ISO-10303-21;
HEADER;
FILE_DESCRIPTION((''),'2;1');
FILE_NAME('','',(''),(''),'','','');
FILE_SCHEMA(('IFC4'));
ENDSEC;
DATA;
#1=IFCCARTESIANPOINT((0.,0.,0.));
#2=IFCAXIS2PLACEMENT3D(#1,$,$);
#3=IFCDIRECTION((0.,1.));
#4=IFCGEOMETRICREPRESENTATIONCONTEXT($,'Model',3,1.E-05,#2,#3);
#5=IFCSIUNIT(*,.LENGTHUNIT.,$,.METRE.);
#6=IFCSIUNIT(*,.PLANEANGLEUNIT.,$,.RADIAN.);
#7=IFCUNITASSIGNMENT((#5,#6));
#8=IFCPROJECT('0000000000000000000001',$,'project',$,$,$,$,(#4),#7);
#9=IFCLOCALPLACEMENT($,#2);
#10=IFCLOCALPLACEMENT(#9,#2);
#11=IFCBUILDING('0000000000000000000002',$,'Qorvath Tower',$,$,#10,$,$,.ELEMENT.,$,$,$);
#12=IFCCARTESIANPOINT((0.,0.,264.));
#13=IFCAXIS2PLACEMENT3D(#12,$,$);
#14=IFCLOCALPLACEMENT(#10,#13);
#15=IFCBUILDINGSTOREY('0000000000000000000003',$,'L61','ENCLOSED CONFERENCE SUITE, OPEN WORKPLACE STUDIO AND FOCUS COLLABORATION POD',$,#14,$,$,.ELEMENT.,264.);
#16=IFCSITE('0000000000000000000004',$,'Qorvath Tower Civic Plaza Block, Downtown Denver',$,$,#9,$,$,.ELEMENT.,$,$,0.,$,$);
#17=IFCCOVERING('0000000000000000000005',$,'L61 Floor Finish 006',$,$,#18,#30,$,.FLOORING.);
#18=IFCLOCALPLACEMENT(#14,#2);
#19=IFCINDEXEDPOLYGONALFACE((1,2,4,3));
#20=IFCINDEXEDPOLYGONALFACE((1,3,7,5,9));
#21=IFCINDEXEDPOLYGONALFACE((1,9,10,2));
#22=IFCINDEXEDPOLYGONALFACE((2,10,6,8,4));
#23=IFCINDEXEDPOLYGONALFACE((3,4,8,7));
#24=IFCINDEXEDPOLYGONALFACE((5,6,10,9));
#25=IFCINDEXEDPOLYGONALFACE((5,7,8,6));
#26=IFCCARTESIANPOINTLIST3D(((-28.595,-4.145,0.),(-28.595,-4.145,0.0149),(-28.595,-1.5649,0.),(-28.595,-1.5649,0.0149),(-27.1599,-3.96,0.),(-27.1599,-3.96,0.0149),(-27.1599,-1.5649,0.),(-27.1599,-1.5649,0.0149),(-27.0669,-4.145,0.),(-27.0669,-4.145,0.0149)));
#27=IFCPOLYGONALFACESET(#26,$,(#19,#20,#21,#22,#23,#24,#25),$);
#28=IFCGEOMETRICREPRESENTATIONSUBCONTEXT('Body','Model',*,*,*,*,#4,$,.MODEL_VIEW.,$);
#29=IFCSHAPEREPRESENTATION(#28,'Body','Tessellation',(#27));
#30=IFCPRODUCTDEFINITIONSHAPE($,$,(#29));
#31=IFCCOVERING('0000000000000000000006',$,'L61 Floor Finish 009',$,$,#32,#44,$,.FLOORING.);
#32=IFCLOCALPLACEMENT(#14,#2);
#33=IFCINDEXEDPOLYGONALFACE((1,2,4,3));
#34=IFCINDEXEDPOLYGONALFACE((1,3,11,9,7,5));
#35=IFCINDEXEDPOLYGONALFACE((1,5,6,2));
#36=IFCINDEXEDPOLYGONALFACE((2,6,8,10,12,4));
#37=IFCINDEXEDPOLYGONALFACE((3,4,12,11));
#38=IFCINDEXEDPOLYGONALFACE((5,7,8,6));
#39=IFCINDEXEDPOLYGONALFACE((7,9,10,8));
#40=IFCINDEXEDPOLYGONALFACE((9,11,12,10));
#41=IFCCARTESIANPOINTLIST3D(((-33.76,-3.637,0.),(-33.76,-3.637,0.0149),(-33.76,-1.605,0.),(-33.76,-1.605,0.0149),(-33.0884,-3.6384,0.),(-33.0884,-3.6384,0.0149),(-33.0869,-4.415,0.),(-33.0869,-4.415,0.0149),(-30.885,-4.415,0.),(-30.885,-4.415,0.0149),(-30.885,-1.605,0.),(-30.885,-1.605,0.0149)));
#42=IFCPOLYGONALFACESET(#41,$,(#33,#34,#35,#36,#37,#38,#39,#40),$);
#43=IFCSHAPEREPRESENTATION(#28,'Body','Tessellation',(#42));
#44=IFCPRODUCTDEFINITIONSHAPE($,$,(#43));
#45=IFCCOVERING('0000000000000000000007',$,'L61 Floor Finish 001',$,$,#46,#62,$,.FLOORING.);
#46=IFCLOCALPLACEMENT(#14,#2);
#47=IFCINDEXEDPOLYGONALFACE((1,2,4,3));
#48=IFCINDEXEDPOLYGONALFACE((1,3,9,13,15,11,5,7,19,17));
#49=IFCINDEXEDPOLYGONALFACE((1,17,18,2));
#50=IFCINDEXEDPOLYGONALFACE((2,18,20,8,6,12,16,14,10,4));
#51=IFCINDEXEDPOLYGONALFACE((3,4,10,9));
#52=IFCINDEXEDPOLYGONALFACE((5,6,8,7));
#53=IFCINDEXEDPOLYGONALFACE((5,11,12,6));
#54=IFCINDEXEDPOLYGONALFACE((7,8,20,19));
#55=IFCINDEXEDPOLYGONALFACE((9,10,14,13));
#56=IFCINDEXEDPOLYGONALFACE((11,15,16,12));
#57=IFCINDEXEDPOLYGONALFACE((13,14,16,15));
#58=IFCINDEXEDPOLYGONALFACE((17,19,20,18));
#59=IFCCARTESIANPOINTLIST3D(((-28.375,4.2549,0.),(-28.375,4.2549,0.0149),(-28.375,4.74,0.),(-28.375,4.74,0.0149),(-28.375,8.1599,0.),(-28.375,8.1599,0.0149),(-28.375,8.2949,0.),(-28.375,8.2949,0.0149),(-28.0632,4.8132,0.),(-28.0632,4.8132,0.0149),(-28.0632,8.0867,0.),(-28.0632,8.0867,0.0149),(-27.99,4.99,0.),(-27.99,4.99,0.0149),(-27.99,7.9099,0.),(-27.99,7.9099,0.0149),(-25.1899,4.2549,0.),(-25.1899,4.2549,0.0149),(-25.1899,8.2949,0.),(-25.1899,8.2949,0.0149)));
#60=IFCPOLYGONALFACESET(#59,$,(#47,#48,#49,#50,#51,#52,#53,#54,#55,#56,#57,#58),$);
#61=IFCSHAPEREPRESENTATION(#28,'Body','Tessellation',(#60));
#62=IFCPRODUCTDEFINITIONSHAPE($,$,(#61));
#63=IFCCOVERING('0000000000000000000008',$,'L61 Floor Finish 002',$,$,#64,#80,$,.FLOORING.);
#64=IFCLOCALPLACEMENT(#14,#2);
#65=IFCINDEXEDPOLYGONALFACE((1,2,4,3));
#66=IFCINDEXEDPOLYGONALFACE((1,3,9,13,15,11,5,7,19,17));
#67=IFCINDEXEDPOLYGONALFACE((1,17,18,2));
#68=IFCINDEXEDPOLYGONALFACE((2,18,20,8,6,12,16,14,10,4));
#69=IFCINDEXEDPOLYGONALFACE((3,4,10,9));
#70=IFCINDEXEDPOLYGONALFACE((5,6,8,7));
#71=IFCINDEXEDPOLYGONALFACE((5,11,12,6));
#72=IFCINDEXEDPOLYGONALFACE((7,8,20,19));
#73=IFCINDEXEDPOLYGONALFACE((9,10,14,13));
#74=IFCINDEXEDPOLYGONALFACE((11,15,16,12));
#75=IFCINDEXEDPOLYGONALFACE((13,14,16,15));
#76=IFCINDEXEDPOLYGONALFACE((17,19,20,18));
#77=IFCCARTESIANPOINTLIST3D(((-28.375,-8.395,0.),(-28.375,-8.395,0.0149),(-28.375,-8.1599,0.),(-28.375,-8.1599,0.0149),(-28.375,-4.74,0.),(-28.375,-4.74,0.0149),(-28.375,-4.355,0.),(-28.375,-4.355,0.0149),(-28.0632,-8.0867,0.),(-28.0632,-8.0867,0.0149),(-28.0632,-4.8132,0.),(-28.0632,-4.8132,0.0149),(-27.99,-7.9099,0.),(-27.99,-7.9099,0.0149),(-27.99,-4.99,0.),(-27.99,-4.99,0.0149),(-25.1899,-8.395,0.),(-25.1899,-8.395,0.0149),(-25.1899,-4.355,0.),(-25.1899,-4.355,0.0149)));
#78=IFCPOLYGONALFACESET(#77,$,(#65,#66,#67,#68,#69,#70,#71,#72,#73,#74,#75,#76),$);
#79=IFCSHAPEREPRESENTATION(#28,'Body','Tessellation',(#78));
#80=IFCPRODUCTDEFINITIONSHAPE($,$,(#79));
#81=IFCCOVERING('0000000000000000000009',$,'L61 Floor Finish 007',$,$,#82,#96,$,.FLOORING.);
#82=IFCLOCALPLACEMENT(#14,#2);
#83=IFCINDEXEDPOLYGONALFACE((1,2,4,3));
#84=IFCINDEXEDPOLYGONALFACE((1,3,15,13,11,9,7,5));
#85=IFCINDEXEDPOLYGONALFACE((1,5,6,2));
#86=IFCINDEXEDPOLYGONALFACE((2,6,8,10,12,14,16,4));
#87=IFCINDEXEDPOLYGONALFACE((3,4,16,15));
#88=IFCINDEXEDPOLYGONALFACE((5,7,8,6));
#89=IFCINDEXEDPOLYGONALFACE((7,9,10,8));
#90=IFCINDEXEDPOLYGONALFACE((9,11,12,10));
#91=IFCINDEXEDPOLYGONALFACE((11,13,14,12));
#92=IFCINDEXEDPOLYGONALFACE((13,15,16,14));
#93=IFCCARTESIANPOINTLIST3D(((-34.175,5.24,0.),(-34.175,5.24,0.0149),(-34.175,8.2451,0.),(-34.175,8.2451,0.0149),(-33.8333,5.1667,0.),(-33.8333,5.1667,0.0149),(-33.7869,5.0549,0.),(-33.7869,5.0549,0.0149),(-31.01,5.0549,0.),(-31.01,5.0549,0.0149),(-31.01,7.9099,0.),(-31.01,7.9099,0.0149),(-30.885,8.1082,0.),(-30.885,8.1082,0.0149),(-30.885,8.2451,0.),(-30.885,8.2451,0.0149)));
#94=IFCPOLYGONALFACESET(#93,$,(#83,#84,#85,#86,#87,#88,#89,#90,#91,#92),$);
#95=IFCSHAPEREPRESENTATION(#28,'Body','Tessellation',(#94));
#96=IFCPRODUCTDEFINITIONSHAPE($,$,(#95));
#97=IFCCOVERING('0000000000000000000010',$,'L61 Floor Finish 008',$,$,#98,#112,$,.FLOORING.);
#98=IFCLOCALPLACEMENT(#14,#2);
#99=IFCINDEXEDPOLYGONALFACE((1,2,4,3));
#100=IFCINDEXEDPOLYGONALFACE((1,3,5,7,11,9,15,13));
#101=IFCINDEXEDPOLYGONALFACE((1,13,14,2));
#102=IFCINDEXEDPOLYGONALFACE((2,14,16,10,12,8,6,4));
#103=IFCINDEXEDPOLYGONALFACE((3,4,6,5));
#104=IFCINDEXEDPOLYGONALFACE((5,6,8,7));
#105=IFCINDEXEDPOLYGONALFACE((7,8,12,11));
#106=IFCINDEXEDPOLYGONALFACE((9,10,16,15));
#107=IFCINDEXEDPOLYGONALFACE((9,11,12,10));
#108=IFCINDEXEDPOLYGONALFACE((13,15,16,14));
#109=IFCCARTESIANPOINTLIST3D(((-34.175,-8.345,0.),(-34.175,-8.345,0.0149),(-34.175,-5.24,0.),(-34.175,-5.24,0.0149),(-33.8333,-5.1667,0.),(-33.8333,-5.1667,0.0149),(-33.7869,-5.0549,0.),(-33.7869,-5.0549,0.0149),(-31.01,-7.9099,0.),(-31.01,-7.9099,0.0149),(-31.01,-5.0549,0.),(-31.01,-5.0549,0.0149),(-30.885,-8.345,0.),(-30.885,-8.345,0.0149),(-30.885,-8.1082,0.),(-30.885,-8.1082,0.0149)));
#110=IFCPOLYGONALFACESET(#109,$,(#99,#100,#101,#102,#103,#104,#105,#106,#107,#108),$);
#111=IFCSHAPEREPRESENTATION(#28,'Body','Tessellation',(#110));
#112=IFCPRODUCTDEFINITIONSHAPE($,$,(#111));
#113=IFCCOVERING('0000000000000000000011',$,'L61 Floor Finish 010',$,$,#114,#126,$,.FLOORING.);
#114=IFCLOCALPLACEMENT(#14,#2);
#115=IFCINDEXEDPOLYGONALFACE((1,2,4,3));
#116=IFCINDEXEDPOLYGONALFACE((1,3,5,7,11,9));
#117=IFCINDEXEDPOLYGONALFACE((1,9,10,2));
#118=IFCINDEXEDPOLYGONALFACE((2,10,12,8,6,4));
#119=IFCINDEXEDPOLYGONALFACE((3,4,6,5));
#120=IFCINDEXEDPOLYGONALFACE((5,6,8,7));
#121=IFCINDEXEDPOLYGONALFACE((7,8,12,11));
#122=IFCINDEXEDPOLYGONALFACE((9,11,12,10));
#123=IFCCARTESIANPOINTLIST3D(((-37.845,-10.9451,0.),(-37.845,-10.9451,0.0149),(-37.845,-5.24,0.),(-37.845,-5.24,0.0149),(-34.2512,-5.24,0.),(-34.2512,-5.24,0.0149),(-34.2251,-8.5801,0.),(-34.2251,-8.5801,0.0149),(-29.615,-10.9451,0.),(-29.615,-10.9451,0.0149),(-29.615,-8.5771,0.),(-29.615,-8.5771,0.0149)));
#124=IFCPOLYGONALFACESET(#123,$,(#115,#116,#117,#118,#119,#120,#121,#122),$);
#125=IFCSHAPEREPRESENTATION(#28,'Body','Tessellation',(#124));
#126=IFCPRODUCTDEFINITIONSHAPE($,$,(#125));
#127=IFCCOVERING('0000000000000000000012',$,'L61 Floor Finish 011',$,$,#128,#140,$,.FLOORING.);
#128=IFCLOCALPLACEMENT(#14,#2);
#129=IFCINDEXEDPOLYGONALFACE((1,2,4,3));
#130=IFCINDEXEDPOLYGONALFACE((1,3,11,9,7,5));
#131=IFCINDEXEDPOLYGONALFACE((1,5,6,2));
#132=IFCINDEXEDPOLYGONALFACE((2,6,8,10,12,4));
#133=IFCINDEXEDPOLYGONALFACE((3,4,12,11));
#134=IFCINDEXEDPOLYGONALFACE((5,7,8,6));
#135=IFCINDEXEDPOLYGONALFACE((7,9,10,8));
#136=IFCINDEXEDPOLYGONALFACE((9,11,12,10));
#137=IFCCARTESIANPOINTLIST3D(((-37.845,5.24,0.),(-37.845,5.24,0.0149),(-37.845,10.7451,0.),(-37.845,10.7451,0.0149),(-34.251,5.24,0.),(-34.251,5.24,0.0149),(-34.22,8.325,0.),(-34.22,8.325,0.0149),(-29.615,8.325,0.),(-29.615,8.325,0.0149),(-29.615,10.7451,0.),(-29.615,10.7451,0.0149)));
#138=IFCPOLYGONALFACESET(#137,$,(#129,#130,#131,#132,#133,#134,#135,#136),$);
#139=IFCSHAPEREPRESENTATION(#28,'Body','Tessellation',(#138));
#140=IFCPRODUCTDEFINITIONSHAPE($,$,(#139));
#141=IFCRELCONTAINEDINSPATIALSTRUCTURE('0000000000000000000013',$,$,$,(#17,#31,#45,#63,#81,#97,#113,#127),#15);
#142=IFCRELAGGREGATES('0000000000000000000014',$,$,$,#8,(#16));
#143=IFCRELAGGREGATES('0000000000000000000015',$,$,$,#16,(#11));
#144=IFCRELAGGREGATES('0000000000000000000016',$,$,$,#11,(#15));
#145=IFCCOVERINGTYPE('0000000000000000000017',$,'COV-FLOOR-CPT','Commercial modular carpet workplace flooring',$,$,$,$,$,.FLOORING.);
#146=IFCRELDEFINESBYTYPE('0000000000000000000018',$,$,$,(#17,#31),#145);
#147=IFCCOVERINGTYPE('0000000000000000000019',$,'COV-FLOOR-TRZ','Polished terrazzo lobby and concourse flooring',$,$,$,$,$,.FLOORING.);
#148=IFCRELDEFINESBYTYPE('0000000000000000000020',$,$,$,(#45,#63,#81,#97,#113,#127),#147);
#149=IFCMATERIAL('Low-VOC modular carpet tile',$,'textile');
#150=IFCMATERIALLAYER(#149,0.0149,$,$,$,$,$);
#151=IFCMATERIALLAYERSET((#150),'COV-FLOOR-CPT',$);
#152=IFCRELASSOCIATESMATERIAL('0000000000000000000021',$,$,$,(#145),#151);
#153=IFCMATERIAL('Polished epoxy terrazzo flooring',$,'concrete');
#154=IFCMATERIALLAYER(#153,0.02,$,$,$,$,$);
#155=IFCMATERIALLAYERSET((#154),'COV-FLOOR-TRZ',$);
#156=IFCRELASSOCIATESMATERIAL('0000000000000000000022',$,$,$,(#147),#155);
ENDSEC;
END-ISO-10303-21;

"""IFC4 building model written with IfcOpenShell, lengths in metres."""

from ifc_helpers import new_model, si_unit, direction, frame, origin, place, context, subcontext, project, spatial, polyline, outline, extrude, material, layer, layer_set, type_object, element, save


model = new_model("IFC4")

# Units and contexts
model_context = context("Model", 3, precision=1e-05, world=origin(), true_north=direction((0.0, 1.0)))
body_context = subcontext(model_context, "Body", "Model", "MODEL_VIEW")
ifc_project = project(units=[si_unit("LENGTHUNIT", "METRE"), si_unit("PLANEANGLEUNIT", "RADIAN")], contexts=[model_context])

# Site, building, storey
site_placement = place(None, origin())
site = spatial("IfcSite", under=ifc_project, at=site_placement, Name="Qorvath Tower Civic Plaza Block, Downtown Denver", CompositionType="ELEMENT", RefElevation=0.0)
building_placement = place(site_placement, origin())
building = spatial("IfcBuilding", under=site, at=building_placement, Name="Qorvath Tower", CompositionType="ELEMENT")
storey_placement = place(building_placement, frame((0.0, 0.0, 264.0)))
storey = spatial("IfcBuildingStorey", under=building, at=storey_placement, Name="L61", Description="ENCLOSED CONFERENCE SUITE, OPEN WORKPLACE STUDIO AND FOCUS COLLABORATION POD", CompositionType="ELEMENT", Elevation=264.0)

# Coverings
ifc_material_1 = material(Name="Low-VOC modular carpet tile", Category="textile")
ifc_layer_1 = layer(ifc_material_1, 0.0149)
ifc_layer_set_1 = layer_set([ifc_layer_1], Name="COV-FLOOR-CPT")
covering_type_1 = type_object("IfcCoveringType", Name="COV-FLOOR-CPT", Description="Commercial modular carpet workplace flooring", PredefinedType="FLOORING", material=ifc_layer_set_1)
covering_1_placement = place(storey_placement, origin())
element("IfcCovering", 1, at=covering_1_placement, inside=storey, type_object=covering_type_1, Name="L61 Floor Finish 006", PredefinedType="FLOORING", context=body_context, shape_type="SweptSolid", body=[
    extrude(outline(polyline([(-27.0669, -4.145), (-27.1599, -3.96), (-27.1599, -1.5649), (-28.595, -1.5649), (-28.595, -4.145), (-27.0669, -4.145)])), origin(), (0.0, 0.0, 1.0), 0.0149),
])
covering_2_placement = place(storey_placement, origin())
element("IfcCovering", 2, at=covering_2_placement, inside=storey, type_object=covering_type_1, Name="L61 Floor Finish 009", PredefinedType="FLOORING", context=body_context, shape_type="SweptSolid", body=[
    extrude(outline(polyline([(-30.885, -4.415), (-30.885, -1.605), (-33.76, -1.605), (-33.76, -3.637), (-33.0884, -3.6384), (-33.0869, -4.415), (-30.885, -4.415)])), origin(), (0.0, 0.0, 1.0), 0.0149),
])
ifc_material_2 = material(Name="Polished epoxy terrazzo flooring", Category="concrete")
ifc_layer_2 = layer(ifc_material_2, 0.02)
ifc_layer_set_2 = layer_set([ifc_layer_2], Name="COV-FLOOR-TRZ")
covering_type_2 = type_object("IfcCoveringType", Name="COV-FLOOR-TRZ", Description="Polished terrazzo lobby and concourse flooring", PredefinedType="FLOORING", material=ifc_layer_set_2)
covering_3_placement = place(storey_placement, origin())
element("IfcCovering", 3, at=covering_3_placement, inside=storey, type_object=covering_type_2, Name="L61 Floor Finish 001", PredefinedType="FLOORING", context=body_context, shape_type="SweptSolid", body=[
    extrude(outline(polyline([(-25.1899, 4.2549), (-25.1899, 8.2949), (-28.375, 8.2949), (-28.375, 8.1599), (-28.0632, 8.0867), (-27.99, 7.9099), (-27.99, 4.99), (-28.0632, 4.8132), (-28.375, 4.74), (-28.375, 4.2549), (-25.1899, 4.2549)])), origin(), (0.0, 0.0, 1.0), 0.0149),
])
covering_4_placement = place(storey_placement, origin())
element("IfcCovering", 4, at=covering_4_placement, inside=storey, type_object=covering_type_2, Name="L61 Floor Finish 002", PredefinedType="FLOORING", context=body_context, shape_type="SweptSolid", body=[
    extrude(outline(polyline([(-25.1899, -8.395), (-25.1899, -4.355), (-28.375, -4.355), (-28.375, -4.74), (-28.0632, -4.8132), (-27.99, -4.99), (-27.99, -7.9099), (-28.0632, -8.0867), (-28.375, -8.1599), (-28.375, -8.395), (-25.1899, -8.395)])), origin(), (0.0, 0.0, 1.0), 0.0149),
])
covering_5_placement = place(storey_placement, origin())
element("IfcCovering", 5, at=covering_5_placement, inside=storey, type_object=covering_type_2, Name="L61 Floor Finish 007", PredefinedType="FLOORING", context=body_context, shape_type="SweptSolid", body=[
    extrude(outline(polyline([(-31.01, 5.0549), (-31.01, 7.9099), (-30.885, 8.1082), (-30.885, 8.2451), (-34.175, 8.2451), (-34.175, 5.24), (-33.8333, 5.1667), (-33.7869, 5.0549), (-31.01, 5.0549)])), origin(), (0.0, 0.0, 1.0), 0.0149),
])
covering_6_placement = place(storey_placement, origin())
element("IfcCovering", 6, at=covering_6_placement, inside=storey, type_object=covering_type_2, Name="L61 Floor Finish 008", PredefinedType="FLOORING", context=body_context, shape_type="SweptSolid", body=[
    extrude(outline(polyline([(-30.885, -8.1082), (-31.01, -7.9099), (-31.01, -5.0549), (-33.7869, -5.0549), (-33.8333, -5.1667), (-34.175, -5.24), (-34.175, -8.345), (-30.885, -8.345), (-30.885, -8.1082)])), origin(), (0.0, 0.0, 1.0), 0.0149),
])
covering_7_placement = place(storey_placement, origin())
element("IfcCovering", 7, at=covering_7_placement, inside=storey, type_object=covering_type_2, Name="L61 Floor Finish 010", PredefinedType="FLOORING", context=body_context, shape_type="SweptSolid", body=[
    extrude(outline(polyline([(-34.2251, -8.5801), (-34.2512, -5.24), (-37.845, -5.24), (-37.845, -10.9451), (-29.615, -10.9451), (-29.615, -8.5771), (-34.2251, -8.5801)])), origin(), (0.0, 0.0, 1.0), 0.0149),
])
covering_8_placement = place(storey_placement, origin())
element("IfcCovering", 8, at=covering_8_placement, inside=storey, type_object=covering_type_2, Name="L61 Floor Finish 011", PredefinedType="FLOORING", context=body_context, shape_type="SweptSolid", body=[
    extrude(outline(polyline([(-29.615, 8.325), (-29.615, 10.7451), (-37.845, 10.7451), (-37.845, 5.24), (-34.251, 5.24), (-34.22, 8.325), (-29.615, 8.325)])), origin(), (0.0, 0.0, 1.0), 0.0149),
])

save(model, "model.ifc")
